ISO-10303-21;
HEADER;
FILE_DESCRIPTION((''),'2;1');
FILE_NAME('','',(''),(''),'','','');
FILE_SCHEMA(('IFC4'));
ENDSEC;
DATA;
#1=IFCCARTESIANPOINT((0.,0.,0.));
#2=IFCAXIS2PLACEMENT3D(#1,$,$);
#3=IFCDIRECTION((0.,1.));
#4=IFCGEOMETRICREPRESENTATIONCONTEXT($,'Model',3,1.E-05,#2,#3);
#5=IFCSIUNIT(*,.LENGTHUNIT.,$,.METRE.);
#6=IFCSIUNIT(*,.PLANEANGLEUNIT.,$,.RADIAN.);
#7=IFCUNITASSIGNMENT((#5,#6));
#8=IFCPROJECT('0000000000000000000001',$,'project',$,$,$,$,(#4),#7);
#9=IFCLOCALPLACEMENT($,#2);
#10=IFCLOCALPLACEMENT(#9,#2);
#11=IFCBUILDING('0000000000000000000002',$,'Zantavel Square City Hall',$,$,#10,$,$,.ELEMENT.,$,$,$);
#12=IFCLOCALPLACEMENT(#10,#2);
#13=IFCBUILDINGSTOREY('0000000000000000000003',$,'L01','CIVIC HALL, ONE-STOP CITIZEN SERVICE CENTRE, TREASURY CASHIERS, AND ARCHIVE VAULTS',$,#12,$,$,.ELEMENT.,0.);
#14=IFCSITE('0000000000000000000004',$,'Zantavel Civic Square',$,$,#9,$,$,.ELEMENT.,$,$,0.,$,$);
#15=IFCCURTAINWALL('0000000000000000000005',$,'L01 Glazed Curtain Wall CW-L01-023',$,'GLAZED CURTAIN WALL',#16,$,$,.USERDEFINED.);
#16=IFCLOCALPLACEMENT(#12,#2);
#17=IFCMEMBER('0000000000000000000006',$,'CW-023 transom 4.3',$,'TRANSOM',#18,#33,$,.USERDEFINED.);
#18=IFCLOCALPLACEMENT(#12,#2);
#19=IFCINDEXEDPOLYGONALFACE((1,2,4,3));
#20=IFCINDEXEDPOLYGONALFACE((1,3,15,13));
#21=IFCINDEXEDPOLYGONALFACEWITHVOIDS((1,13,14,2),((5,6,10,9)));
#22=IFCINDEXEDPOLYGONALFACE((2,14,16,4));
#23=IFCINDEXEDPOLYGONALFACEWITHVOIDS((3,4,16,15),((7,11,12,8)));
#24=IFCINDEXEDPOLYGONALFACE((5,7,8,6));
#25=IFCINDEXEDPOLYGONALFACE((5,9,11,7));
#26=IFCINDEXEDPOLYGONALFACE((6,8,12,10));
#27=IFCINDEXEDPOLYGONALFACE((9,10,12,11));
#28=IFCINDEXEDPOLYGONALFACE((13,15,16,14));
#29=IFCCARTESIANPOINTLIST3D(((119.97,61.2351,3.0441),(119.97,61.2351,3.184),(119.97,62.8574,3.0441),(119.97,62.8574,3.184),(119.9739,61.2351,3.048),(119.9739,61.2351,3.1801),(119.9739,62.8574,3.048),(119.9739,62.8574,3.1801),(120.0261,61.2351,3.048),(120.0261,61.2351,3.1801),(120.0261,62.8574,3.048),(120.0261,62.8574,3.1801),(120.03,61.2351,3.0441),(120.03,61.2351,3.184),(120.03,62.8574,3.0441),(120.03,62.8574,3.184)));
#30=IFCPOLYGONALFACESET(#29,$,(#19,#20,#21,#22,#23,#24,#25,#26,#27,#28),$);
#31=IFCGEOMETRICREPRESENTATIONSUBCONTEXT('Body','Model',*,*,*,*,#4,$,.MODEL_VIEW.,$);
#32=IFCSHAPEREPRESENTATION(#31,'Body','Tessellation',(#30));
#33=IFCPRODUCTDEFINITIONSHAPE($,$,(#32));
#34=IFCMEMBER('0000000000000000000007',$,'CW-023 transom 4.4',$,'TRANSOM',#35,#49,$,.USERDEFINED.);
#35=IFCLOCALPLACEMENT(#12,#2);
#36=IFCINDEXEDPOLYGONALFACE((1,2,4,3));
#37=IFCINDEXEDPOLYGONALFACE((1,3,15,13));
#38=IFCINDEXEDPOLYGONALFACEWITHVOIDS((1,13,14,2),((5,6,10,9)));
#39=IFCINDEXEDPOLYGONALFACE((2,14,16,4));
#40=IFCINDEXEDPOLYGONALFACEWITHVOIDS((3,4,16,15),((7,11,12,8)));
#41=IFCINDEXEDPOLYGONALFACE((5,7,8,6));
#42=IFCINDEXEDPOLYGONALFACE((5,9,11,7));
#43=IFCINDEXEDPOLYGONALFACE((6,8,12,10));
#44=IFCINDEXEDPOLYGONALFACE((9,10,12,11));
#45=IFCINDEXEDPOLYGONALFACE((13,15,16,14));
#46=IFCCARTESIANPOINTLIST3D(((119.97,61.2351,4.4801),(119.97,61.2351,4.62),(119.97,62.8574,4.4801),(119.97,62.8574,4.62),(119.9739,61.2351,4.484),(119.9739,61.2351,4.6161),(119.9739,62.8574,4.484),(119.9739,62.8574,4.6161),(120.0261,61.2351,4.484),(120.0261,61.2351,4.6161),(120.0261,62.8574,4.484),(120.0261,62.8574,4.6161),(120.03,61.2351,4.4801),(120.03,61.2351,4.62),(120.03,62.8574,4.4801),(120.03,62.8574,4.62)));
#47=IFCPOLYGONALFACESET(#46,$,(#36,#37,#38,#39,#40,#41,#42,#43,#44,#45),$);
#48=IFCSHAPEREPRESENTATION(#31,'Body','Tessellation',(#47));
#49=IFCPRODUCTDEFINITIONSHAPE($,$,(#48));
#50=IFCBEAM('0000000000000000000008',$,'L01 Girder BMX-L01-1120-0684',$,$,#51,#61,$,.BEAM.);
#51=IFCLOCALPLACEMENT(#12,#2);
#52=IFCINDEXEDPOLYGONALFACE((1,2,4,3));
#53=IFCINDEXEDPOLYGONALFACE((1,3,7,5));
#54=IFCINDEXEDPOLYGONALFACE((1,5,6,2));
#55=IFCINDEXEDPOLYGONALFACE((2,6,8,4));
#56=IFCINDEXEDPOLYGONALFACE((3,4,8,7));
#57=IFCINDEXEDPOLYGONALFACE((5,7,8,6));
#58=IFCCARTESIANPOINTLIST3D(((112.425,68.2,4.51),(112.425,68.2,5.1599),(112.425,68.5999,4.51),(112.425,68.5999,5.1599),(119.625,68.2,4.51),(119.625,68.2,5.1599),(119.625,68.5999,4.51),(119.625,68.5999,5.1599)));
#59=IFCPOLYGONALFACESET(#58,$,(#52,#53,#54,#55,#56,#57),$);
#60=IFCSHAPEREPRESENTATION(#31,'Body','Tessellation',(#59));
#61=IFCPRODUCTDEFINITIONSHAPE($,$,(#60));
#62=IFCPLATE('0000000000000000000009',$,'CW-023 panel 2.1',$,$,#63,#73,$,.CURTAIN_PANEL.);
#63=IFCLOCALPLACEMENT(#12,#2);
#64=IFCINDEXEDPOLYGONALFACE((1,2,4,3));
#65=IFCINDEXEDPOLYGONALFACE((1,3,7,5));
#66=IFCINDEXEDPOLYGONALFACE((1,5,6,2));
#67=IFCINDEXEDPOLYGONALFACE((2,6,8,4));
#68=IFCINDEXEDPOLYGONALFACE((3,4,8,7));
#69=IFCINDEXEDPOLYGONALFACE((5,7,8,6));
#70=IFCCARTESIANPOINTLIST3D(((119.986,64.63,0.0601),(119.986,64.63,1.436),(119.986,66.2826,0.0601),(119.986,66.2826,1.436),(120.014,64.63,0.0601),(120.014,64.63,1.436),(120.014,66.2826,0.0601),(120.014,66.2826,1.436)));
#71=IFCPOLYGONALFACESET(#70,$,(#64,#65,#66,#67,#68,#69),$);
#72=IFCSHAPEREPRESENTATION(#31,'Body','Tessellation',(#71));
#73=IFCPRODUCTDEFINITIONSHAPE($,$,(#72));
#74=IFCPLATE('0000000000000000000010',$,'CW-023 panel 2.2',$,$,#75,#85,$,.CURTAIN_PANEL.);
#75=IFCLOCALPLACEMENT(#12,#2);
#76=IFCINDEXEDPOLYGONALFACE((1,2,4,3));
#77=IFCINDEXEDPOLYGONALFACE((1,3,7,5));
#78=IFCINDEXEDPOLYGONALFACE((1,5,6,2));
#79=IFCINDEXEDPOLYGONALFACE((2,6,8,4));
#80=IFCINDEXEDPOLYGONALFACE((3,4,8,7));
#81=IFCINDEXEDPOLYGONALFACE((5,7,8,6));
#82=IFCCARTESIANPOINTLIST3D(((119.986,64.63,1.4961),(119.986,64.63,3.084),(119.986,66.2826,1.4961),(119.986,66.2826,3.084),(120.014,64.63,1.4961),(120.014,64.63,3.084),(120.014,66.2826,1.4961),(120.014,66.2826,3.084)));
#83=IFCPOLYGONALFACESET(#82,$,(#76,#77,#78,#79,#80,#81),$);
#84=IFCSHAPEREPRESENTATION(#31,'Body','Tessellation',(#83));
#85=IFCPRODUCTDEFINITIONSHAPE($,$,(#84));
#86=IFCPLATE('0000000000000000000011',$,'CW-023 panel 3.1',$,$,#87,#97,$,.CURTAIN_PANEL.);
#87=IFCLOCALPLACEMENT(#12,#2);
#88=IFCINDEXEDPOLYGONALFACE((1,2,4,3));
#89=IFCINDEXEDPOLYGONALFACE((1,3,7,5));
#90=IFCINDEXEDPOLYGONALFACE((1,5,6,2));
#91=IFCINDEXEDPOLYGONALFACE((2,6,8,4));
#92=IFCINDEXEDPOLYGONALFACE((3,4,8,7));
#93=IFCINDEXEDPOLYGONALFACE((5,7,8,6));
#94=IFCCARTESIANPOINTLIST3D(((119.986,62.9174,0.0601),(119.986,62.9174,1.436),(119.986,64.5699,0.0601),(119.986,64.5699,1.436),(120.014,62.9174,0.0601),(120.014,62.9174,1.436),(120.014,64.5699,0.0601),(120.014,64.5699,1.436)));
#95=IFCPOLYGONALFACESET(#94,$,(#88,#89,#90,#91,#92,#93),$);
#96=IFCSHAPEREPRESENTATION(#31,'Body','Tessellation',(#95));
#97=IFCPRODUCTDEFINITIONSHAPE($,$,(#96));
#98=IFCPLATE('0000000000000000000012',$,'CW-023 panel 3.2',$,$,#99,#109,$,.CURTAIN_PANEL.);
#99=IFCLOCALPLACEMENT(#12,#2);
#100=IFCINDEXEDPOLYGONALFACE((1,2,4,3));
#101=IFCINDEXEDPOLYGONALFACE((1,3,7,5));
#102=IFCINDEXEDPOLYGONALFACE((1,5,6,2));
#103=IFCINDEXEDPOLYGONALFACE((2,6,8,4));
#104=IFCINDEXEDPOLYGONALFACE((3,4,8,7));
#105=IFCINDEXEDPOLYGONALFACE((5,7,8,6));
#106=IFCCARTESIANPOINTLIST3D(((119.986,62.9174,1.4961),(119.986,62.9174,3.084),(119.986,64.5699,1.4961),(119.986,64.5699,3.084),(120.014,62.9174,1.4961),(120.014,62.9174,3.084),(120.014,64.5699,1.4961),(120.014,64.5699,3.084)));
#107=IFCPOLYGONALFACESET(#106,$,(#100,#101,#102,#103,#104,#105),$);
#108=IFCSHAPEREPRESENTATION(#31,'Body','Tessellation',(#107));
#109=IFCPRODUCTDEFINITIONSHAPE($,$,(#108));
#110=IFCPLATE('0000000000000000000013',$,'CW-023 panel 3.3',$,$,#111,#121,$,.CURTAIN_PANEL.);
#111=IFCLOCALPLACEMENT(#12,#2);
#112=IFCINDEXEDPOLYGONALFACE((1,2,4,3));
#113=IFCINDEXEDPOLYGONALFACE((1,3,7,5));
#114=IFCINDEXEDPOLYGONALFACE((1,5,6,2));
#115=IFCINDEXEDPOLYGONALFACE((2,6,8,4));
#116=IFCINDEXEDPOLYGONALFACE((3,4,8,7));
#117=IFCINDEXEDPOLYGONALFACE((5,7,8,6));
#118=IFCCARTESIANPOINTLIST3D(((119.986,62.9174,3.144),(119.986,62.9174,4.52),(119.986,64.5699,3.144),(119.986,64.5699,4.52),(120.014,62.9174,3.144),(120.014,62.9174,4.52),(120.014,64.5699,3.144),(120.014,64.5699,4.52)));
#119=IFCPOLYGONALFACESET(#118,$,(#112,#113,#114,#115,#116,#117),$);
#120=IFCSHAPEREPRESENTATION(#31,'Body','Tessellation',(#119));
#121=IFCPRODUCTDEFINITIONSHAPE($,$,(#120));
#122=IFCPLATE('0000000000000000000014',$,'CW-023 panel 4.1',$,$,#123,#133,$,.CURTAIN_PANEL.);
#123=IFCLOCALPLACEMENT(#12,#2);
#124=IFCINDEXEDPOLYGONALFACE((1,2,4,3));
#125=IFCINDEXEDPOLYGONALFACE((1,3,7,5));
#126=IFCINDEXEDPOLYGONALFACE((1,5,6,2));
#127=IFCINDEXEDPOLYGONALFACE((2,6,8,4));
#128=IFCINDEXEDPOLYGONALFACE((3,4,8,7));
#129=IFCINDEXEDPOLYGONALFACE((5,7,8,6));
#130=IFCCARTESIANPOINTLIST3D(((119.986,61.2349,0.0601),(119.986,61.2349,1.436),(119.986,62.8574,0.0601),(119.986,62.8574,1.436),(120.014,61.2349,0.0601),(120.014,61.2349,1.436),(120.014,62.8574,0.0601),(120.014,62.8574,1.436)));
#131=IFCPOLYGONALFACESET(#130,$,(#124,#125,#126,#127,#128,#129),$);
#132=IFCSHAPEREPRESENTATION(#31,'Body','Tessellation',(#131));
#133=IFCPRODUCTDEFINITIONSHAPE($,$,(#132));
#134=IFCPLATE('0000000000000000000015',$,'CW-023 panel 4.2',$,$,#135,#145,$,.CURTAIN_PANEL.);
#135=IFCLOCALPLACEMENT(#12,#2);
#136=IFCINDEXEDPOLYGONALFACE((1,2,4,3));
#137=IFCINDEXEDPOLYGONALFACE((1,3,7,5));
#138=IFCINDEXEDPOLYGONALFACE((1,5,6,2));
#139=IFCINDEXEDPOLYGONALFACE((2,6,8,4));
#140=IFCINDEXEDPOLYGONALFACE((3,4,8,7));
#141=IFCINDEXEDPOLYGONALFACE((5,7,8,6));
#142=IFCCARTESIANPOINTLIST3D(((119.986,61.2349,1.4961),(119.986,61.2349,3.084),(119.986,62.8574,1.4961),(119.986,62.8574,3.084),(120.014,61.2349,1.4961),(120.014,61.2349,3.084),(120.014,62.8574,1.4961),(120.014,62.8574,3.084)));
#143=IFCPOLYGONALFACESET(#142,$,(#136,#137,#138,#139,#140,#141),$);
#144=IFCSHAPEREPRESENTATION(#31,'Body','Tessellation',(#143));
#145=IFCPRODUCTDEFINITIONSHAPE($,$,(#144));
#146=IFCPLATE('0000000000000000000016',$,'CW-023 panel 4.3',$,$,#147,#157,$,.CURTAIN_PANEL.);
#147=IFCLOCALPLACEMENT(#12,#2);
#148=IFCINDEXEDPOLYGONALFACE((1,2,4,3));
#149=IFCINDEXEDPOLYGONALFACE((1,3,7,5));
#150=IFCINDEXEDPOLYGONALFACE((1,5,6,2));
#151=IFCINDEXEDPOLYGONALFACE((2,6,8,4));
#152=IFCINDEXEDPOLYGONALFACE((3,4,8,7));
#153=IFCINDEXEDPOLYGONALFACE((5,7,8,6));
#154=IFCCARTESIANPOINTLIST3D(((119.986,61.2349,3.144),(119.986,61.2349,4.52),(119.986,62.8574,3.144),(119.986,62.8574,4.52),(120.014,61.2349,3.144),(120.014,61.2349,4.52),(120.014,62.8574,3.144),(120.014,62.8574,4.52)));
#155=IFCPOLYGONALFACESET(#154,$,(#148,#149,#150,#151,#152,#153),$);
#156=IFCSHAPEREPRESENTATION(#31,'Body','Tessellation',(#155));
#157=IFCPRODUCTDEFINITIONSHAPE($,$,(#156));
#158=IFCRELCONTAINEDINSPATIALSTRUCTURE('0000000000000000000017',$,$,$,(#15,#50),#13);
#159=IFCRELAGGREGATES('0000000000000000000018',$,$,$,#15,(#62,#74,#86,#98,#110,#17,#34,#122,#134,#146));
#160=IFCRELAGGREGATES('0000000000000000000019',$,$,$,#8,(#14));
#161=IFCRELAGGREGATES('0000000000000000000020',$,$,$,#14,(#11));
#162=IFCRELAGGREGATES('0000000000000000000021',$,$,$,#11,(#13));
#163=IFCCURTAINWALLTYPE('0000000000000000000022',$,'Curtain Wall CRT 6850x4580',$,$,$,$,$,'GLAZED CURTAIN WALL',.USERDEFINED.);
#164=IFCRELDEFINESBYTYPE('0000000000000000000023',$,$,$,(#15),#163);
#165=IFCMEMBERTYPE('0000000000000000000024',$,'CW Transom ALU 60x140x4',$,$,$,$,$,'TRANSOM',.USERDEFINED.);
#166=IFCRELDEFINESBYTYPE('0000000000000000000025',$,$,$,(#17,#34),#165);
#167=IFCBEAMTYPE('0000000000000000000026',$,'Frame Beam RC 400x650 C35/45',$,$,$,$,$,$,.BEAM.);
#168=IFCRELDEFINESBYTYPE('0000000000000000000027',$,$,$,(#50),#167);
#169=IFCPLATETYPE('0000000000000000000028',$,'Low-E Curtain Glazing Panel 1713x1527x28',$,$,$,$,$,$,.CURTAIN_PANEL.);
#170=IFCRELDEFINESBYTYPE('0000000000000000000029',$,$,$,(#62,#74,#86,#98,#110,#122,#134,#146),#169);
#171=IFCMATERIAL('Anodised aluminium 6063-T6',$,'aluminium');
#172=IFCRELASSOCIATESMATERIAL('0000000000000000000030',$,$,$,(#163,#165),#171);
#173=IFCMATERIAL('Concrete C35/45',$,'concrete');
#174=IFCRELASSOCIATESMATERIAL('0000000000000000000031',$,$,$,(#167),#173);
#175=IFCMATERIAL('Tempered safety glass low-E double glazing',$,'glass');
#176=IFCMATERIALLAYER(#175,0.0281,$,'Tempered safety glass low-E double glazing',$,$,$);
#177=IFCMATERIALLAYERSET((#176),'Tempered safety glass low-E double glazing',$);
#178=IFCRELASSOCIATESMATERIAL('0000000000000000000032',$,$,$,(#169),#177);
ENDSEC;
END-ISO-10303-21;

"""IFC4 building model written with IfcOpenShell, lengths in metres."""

from ifc_helpers import new_model, si_unit, direction, frame, origin, origin_2d, place, context, subcontext, project, spatial, rectangle, hollow_rectangle, extrude, material, layer, layer_set, material_profile, profile_set, type_object, element, aggregate, save


model = new_model("IFC4")

# Units and contexts
model_context = context("Model", 3, precision=1e-05, world=origin(), true_north=direction((0.0, 1.0)))
body_context = subcontext(model_context, "Body", "Model", "MODEL_VIEW")
ifc_project = project(units=[si_unit("LENGTHUNIT", "METRE"), si_unit("PLANEANGLEUNIT", "RADIAN")], contexts=[model_context])

# Site, building, storey
site_placement = place(None, origin())
site = spatial("IfcSite", under=ifc_project, at=site_placement, Name="Zantavel Civic Square", CompositionType="ELEMENT", RefElevation=0.0)
building_placement = place(site_placement, origin())
building = spatial("IfcBuilding", under=site, at=building_placement, Name="Zantavel Square City Hall", CompositionType="ELEMENT")
storey_placement = place(building_placement, origin())
storey = spatial("IfcBuildingStorey", under=building, at=storey_placement, Name="L01", Description="CIVIC HALL, ONE-STOP CITIZEN SERVICE CENTRE, TREASURY CASHIERS, AND ARCHIVE VAULTS", CompositionType="ELEMENT", Elevation=0.0)

# Curtain wall, members
ifc_material_1 = material(Name="Anodised aluminium 6063-T6", Category="aluminium")
curtain_wall_type = type_object("IfcCurtainWallType", Name="Curtain Wall CRT 6850x4580", ElementType="GLAZED CURTAIN WALL", PredefinedType="USERDEFINED", material=ifc_material_1)
curtain_wall_placement = place(storey_placement, origin())
curtain_wall = element("IfcCurtainWall", 1, at=curtain_wall_placement, inside=storey, type_object=curtain_wall_type, Name="L01 Glazed Curtain Wall CW-L01-023", ObjectType="GLAZED CURTAIN WALL", PredefinedType="USERDEFINED")
ifc_material_profile_1 = material_profile(ifc_material_1, hollow_rectangle(XDim=0.0601, YDim=0.1399, WallThickness=0.0039, at=origin_2d()), Name="ALU 60x140x4")
ifc_profile_set_1 = profile_set([ifc_material_profile_1], Name="Anodised aluminium 6063-T6")
member_type_1 = type_object("IfcMemberType", Name="CW Transom ALU 60x140x4", ElementType="TRANSOM", PredefinedType="USERDEFINED", material=ifc_profile_set_1)
member_1_placement = place(storey_placement, frame((120.0, 62.8574, 3.114), z_axis=(0.0, -1.0, 0.0), x_axis=(1.0, 0.0, 0.0)))
member_1 = element("IfcMember", 2, at=member_1_placement, type_object=member_type_1, Name="CW-023 transom 4.3", ObjectType="TRANSOM", PredefinedType="USERDEFINED", context=body_context, shape_type="SweptSolid", body=[
    extrude(hollow_rectangle(XDim=0.0601, YDim=0.1399, WallThickness=0.0039, at=origin_2d()), origin(), (0.0, 0.0, 1.0), 1.6223),
])
member_2_placement = place(storey_placement, frame((120.0, 62.8574, 4.55), z_axis=(0.0, -1.0, 0.0), x_axis=(1.0, 0.0, 0.0)))
member_2 = element("IfcMember", 3, at=member_2_placement, type_object=member_type_1, Name="CW-023 transom 4.4", ObjectType="TRANSOM", PredefinedType="USERDEFINED", context=body_context, shape_type="SweptSolid", body=[
    extrude(hollow_rectangle(XDim=0.0601, YDim=0.1399, WallThickness=0.0039, at=origin_2d()), origin(), (0.0, 0.0, 1.0), 1.6223),
])

# Beam
ifc_material_2 = material(Name="Concrete C35/45", Category="concrete")
ifc_material_profile_2 = material_profile(ifc_material_2, rectangle(XDim=0.3999, YDim=0.6499, at=origin_2d()), Name="RC 400x650")
ifc_profile_set_2 = profile_set([ifc_material_profile_2], Name="Concrete C35/45")
beam_type = type_object("IfcBeamType", Name="Frame Beam RC 400x650 C35/45", PredefinedType="BEAM", material=ifc_profile_set_2)
beam_placement = place(storey_placement, frame((112.425, 68.3999, 4.835), z_axis=(1.0, 0.0, 0.0), x_axis=(0.0, 1.0, 0.0)))
element("IfcBeam", 4, at=beam_placement, inside=storey, type_object=beam_type, Name="L01 Girder BMX-L01-1120-0684", PredefinedType="BEAM", context=body_context, shape_type="SweptSolid", body=[
    extrude(rectangle(XDim=0.3999, YDim=0.6499, at=origin_2d()), origin(), (0.0, 0.0, 1.0), 7.2),
])

# Plates
ifc_material_3 = material(Name="Tempered safety glass low-E double glazing", Category="glass")
ifc_layer = layer(ifc_material_3, 0.0281, Name="Tempered safety glass low-E double glazing")
ifc_layer_set = layer_set([ifc_layer], Name="Tempered safety glass low-E double glazing")
plate_type = type_object("IfcPlateType", Name="Low-E Curtain Glazing Panel 1713x1527x28", PredefinedType="CURTAIN_PANEL", material=ifc_layer_set)
plate_1_placement = place(storey_placement, frame((120.0, 65.4563, 0.0601), z_axis=(0.0, 0.0, 1.0), x_axis=(0.0, -1.0, 0.0)))
plate_1 = element("IfcPlate", 5, at=plate_1_placement, type_object=plate_type, Name="CW-023 panel 2.1", PredefinedType="CURTAIN_PANEL", context=body_context, shape_type="SweptSolid", body=[
    extrude(rectangle(XDim=1.6526, YDim=0.0281, at=origin_2d()), origin(), (0.0, 0.0, 1.0), 1.376),
])
plate_2_placement = place(storey_placement, frame((120.0, 65.4563, 1.4961), z_axis=(0.0, 0.0, 1.0), x_axis=(0.0, -1.0, 0.0)))
plate_2 = element("IfcPlate", 6, at=plate_2_placement, type_object=plate_type, Name="CW-023 panel 2.2", PredefinedType="CURTAIN_PANEL", context=body_context, shape_type="SweptSolid", body=[
    extrude(rectangle(XDim=1.6526, YDim=0.0281, at=origin_2d()), origin(), (0.0, 0.0, 1.0), 1.5879),
])
plate_3_placement = place(storey_placement, frame((120.0, 63.7437, 0.0601), z_axis=(0.0, 0.0, 1.0), x_axis=(0.0, -1.0, 0.0)))
plate_3 = element("IfcPlate", 7, at=plate_3_placement, type_object=plate_type, Name="CW-023 panel 3.1", PredefinedType="CURTAIN_PANEL", context=body_context, shape_type="SweptSolid", body=[
    extrude(rectangle(XDim=1.6526, YDim=0.0281, at=origin_2d()), origin(), (0.0, 0.0, 1.0), 1.376),
])
plate_4_placement = place(storey_placement, frame((120.0, 63.7437, 1.4961), z_axis=(0.0, 0.0, 1.0), x_axis=(0.0, -1.0, 0.0)))
plate_4 = element("IfcPlate", 8, at=plate_4_placement, type_object=plate_type, Name="CW-023 panel 3.2", PredefinedType="CURTAIN_PANEL", context=body_context, shape_type="SweptSolid", body=[
    extrude(rectangle(XDim=1.6526, YDim=0.0281, at=origin_2d()), origin(), (0.0, 0.0, 1.0), 1.5879),
])
plate_5_placement = place(storey_placement, frame((120.0, 63.7437, 3.144), z_axis=(0.0, 0.0, 1.0), x_axis=(0.0, -1.0, 0.0)))
plate_5 = element("IfcPlate", 9, at=plate_5_placement, type_object=plate_type, Name="CW-023 panel 3.3", PredefinedType="CURTAIN_PANEL", context=body_context, shape_type="SweptSolid", body=[
    extrude(rectangle(XDim=1.6526, YDim=0.0281, at=origin_2d()), origin(), (0.0, 0.0, 1.0), 1.376),
])
plate_6_placement = place(storey_placement, frame((120.0, 62.0461, 0.0601), z_axis=(0.0, 0.0, 1.0), x_axis=(0.0, -1.0, 0.0)))
plate_6 = element("IfcPlate", 10, at=plate_6_placement, type_object=plate_type, Name="CW-023 panel 4.1", PredefinedType="CURTAIN_PANEL", context=body_context, shape_type="SweptSolid", body=[
    extrude(rectangle(XDim=1.6226, YDim=0.0281, at=origin_2d()), origin(), (0.0, 0.0, 1.0), 1.376),
])
plate_7_placement = place(storey_placement, frame((120.0, 62.0461, 1.4961), z_axis=(0.0, 0.0, 1.0), x_axis=(0.0, -1.0, 0.0)))
plate_7 = element("IfcPlate", 11, at=plate_7_placement, type_object=plate_type, Name="CW-023 panel 4.2", PredefinedType="CURTAIN_PANEL", context=body_context, shape_type="SweptSolid", body=[
    extrude(rectangle(XDim=1.6226, YDim=0.0281, at=origin_2d()), origin(), (0.0, 0.0, 1.0), 1.5879),
])
plate_8_placement = place(storey_placement, frame((120.0, 62.0461, 3.144), z_axis=(0.0, 0.0, 1.0), x_axis=(0.0, -1.0, 0.0)))
plate_8 = element("IfcPlate", 12, at=plate_8_placement, type_object=plate_type, Name="CW-023 panel 4.3", PredefinedType="CURTAIN_PANEL", context=body_context, shape_type="SweptSolid", body=[
    extrude(rectangle(XDim=1.6226, YDim=0.0281, at=origin_2d()), origin(), (0.0, 0.0, 1.0), 1.376),
])
aggregate(curtain_wall, [plate_1, plate_2, plate_3, plate_4, plate_5, member_1, member_2, plate_6, plate_7, plate_8])

save(model, "model.ifc")
